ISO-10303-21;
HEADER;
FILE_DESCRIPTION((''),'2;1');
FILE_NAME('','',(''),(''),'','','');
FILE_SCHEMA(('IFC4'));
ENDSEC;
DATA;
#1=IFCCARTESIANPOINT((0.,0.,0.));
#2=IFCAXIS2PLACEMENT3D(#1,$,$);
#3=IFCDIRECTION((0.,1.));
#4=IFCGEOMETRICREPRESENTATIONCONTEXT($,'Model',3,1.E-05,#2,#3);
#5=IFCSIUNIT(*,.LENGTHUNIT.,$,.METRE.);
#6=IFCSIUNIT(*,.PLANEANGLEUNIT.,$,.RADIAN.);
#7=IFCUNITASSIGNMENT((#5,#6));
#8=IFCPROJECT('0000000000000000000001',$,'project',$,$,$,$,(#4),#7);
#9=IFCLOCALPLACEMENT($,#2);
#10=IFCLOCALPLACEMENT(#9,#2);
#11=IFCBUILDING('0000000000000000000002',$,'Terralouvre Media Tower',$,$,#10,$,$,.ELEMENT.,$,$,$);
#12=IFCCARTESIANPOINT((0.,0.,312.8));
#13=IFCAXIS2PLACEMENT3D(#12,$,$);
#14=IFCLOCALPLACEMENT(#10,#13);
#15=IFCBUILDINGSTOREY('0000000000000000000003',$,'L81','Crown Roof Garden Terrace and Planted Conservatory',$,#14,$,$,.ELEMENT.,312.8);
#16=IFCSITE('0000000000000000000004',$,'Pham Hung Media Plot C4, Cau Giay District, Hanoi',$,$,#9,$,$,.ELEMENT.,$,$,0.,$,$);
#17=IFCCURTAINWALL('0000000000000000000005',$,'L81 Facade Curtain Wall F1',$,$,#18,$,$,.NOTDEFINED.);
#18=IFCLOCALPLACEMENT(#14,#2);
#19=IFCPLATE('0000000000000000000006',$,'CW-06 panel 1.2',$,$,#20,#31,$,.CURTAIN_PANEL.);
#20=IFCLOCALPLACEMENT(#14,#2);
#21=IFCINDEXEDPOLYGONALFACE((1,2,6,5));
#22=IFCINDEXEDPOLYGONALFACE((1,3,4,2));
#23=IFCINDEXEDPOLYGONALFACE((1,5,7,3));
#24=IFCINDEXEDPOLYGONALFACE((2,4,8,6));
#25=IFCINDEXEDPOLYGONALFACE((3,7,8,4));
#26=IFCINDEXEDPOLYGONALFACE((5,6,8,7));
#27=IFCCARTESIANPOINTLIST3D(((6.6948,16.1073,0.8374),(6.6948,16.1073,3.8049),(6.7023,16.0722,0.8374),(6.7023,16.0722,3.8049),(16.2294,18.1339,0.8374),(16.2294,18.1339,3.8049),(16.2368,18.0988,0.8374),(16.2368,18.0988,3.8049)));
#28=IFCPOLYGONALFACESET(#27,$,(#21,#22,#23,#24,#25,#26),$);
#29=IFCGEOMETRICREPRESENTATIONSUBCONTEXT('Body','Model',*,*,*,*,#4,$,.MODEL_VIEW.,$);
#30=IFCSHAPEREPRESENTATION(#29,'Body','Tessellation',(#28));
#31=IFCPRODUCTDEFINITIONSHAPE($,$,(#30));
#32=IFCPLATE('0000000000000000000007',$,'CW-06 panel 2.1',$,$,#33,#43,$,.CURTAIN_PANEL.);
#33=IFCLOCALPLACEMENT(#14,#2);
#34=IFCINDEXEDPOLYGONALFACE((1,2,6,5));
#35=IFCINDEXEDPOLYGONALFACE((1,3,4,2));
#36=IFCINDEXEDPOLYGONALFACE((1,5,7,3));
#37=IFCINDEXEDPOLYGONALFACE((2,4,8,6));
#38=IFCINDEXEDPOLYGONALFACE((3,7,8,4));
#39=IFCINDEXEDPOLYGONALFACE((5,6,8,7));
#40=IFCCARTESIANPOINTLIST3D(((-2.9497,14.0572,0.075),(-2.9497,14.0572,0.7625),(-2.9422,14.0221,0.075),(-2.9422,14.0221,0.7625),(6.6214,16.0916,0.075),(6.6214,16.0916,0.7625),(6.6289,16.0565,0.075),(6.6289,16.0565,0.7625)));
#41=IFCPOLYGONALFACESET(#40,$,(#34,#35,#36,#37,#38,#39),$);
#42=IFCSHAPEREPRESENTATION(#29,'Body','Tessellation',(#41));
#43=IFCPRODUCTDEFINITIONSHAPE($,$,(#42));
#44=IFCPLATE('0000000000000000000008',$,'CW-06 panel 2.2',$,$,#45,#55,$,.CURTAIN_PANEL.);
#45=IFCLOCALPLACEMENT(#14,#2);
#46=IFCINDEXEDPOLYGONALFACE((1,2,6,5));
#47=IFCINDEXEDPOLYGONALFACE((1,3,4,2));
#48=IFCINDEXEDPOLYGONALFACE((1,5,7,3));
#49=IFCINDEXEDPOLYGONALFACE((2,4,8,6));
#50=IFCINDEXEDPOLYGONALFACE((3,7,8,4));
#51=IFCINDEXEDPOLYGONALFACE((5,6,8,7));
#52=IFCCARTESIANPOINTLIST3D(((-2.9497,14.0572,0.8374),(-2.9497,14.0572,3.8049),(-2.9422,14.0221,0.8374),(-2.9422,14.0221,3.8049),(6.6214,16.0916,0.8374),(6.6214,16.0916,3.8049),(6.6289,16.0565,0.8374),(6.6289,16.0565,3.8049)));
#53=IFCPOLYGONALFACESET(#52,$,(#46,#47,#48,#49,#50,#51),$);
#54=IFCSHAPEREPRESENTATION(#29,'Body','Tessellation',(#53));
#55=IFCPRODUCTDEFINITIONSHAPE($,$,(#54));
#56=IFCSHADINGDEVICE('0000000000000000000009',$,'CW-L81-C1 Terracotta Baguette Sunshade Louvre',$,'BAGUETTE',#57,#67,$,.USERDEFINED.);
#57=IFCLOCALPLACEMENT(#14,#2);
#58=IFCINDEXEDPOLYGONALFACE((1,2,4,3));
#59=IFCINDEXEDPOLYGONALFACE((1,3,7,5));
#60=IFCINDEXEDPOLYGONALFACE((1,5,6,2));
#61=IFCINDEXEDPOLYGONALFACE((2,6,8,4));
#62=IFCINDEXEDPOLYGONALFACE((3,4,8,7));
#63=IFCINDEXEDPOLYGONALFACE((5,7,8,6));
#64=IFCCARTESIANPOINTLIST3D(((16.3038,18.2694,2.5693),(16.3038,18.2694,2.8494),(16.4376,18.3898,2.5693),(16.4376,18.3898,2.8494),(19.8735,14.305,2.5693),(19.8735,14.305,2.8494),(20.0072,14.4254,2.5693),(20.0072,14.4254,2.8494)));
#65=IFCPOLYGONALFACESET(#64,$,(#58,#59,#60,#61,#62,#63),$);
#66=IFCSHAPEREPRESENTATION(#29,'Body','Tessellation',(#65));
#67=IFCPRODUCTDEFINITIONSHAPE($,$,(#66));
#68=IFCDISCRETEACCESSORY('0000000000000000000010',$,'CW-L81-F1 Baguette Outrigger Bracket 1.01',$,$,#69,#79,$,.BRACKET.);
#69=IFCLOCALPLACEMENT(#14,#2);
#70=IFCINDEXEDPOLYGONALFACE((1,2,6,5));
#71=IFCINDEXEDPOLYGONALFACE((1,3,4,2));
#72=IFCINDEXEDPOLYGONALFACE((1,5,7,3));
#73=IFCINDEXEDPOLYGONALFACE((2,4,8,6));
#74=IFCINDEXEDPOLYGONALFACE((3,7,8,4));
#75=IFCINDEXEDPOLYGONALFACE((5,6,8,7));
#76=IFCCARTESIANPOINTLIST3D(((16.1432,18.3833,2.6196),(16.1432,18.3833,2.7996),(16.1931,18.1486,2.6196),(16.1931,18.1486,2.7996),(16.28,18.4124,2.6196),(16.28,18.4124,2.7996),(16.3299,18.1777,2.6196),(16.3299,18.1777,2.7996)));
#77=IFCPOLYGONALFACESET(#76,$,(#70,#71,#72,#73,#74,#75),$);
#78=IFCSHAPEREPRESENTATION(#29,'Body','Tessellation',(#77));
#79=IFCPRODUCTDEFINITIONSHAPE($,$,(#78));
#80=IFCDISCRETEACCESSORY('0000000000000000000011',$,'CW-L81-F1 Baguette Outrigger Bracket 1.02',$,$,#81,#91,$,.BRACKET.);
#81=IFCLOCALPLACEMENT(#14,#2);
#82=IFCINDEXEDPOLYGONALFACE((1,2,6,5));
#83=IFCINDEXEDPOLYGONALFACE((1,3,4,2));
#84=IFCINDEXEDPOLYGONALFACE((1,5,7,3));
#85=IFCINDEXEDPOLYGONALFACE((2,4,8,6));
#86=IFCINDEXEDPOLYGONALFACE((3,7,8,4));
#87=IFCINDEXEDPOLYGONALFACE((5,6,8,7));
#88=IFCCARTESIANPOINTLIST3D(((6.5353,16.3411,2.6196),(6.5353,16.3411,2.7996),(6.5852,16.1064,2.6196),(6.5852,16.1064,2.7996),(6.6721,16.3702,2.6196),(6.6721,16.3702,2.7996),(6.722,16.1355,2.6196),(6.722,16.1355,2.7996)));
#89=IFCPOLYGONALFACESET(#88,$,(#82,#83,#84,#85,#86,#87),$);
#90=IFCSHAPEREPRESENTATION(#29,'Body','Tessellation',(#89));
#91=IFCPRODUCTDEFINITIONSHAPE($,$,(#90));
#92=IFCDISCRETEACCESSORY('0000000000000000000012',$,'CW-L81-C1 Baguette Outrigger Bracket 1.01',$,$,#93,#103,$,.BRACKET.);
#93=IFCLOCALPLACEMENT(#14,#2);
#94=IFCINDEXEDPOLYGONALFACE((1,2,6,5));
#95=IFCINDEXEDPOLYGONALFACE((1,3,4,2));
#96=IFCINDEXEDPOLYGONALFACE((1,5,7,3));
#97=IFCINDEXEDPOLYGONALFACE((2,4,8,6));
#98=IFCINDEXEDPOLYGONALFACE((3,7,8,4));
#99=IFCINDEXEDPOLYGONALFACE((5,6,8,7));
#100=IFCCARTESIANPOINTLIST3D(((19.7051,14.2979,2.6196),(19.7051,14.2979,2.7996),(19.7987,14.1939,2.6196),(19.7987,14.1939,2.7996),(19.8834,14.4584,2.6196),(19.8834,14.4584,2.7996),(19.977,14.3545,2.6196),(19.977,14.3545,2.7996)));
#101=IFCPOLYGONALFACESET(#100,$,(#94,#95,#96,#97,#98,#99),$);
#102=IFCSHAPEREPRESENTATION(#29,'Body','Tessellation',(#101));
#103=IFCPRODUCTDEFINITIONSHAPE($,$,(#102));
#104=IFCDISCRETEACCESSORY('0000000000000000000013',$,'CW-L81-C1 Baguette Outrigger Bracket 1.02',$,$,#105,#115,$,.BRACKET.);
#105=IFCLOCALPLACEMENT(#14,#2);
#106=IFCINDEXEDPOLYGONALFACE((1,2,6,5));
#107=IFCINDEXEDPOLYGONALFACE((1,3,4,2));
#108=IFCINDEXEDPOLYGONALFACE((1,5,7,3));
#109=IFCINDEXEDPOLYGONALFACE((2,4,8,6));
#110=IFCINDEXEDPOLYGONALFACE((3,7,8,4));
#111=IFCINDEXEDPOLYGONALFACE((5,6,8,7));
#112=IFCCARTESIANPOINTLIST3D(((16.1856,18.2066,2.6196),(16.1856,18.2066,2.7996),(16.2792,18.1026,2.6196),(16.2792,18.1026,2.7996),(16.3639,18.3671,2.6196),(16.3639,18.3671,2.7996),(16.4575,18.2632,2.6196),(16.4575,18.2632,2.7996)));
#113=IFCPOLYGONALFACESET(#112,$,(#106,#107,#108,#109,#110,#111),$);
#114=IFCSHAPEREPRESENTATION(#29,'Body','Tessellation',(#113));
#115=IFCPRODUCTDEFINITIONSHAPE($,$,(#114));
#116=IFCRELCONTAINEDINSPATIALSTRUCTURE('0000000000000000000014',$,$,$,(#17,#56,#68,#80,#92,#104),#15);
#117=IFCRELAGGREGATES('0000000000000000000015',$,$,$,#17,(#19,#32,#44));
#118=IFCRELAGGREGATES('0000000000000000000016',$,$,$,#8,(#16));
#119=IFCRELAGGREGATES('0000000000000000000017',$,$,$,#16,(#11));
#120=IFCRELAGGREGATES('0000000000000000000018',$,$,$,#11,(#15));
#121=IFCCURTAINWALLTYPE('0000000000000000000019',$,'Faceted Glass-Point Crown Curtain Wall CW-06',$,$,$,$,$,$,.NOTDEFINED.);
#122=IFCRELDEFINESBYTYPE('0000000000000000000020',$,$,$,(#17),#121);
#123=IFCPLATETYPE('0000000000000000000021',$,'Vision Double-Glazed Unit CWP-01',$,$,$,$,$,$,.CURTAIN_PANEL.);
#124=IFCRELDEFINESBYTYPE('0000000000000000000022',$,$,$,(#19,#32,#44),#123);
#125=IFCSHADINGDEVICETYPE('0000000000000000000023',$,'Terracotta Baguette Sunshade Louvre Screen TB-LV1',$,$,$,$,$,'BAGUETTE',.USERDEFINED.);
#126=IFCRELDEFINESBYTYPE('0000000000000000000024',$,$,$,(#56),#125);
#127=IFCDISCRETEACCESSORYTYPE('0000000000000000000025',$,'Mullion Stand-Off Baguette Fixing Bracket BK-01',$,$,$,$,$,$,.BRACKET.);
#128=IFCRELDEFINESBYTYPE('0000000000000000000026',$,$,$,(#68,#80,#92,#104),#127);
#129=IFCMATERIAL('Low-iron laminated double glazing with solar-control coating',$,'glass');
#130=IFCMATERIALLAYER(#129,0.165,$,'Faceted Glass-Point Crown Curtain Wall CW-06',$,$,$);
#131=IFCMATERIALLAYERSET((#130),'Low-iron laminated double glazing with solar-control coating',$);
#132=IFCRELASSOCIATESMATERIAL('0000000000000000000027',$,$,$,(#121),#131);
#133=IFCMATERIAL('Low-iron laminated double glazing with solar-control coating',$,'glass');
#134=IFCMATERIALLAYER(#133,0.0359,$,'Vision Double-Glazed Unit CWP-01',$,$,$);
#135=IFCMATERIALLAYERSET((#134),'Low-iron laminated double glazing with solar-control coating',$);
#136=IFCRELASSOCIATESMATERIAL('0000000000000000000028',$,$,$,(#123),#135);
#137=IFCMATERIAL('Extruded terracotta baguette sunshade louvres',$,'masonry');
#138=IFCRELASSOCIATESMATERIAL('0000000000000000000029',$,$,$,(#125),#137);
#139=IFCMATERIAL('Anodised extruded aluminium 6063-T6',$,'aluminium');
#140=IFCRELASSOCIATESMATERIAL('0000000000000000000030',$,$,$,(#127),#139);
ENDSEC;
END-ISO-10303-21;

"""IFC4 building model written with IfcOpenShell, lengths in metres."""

from ifc_helpers import new_model, si_unit, direction, frame, origin, origin_2d, place, context, subcontext, project, spatial, rectangle, extrude, material, layer, layer_set, type_object, element, aggregate, save


model = new_model("IFC4")

# Units and contexts
model_context = context("Model", 3, precision=1e-05, world=origin(), true_north=direction((0.0, 1.0)))
body_context = subcontext(model_context, "Body", "Model", "MODEL_VIEW")
ifc_project = project(units=[si_unit("LENGTHUNIT", "METRE"), si_unit("PLANEANGLEUNIT", "RADIAN")], contexts=[model_context])

# Site, building, storey
site_placement = place(None, origin())
site = spatial("IfcSite", under=ifc_project, at=site_placement, Name="Pham Hung Media Plot C4, Cau Giay District, Hanoi", CompositionType="ELEMENT", RefElevation=0.0)
building_placement = place(site_placement, origin())
building = spatial("IfcBuilding", under=site, at=building_placement, Name="Terralouvre Media Tower", CompositionType="ELEMENT")
storey_placement = place(building_placement, frame((0.0, 0.0, 312.8)))
storey = spatial("IfcBuildingStorey", under=building, at=storey_placement, Name="L81", Description="Crown Roof Garden Terrace and Planted Conservatory", CompositionType="ELEMENT", Elevation=312.8)

# Curtain wall
ifc_material_1 = material(Name="Low-iron laminated double glazing with solar-control coating", Category="glass")
ifc_layer_1 = layer(ifc_material_1, 0.165, Name="Faceted Glass-Point Crown Curtain Wall CW-06")
ifc_layer_set_1 = layer_set([ifc_layer_1], Name="Low-iron laminated double glazing with solar-control coating")
curtain_wall_type_1 = type_object("IfcCurtainWallType", Name="Faceted Glass-Point Crown Curtain Wall CW-06", PredefinedType="NOTDEFINED", material=ifc_layer_set_1)
curtain_wall_1_placement = place(storey_placement, origin())
curtain_wall_1 = element("IfcCurtainWall", 1, at=curtain_wall_1_placement, inside=storey, type_object=curtain_wall_type_1, Name="L81 Facade Curtain Wall F1", PredefinedType="NOTDEFINED")

# Plates
ifc_material_2 = material(Name="Low-iron laminated double glazing with solar-control coating", Category="glass")
ifc_layer_2 = layer(ifc_material_2, 0.0359, Name="Vision Double-Glazed Unit CWP-01")
ifc_layer_set_2 = layer_set([ifc_layer_2], Name="Low-iron laminated double glazing with solar-control coating")
plate_type_1 = type_object("IfcPlateType", Name="Vision Double-Glazed Unit CWP-01", PredefinedType="CURTAIN_PANEL", material=ifc_layer_set_2)
plate_1_placement = place(storey_placement, frame((11.4658, 17.103, 0.8374), z_axis=(0.0, 0.0, 1.0), x_axis=(-0.978148, -0.207912, 0.0)))
plate_1 = element("IfcPlate", 2, at=plate_1_placement, type_object=plate_type_1, Name="CW-06 panel 1.2", PredefinedType="CURTAIN_PANEL", context=body_context, shape_type="SweptSolid", body=[
    extrude(rectangle(XDim=9.7476, YDim=0.0359, at=origin_2d()), origin(), (0.0, 0.0, 1.0), 2.9675),
])
plate_2_placement = place(storey_placement, frame((1.8396, 15.0569, 0.075), z_axis=(0.0, 0.0, 1.0), x_axis=(-0.978148, -0.207912, 0.0)))
plate_2 = element("IfcPlate", 3, at=plate_2_placement, type_object=plate_type_1, Name="CW-06 panel 2.1", PredefinedType="CURTAIN_PANEL", context=body_context, shape_type="SweptSolid", body=[
    extrude(rectangle(XDim=9.7849, YDim=0.0359, at=origin_2d()), origin(), (0.0, 0.0, 1.0), 0.6875),
])
plate_3_placement = place(storey_placement, frame((1.8396, 15.0569, 0.8374), z_axis=(0.0, 0.0, 1.0), x_axis=(-0.978148, -0.207912, 0.0)))
plate_3 = element("IfcPlate", 4, at=plate_3_placement, type_object=plate_type_1, Name="CW-06 panel 2.2", PredefinedType="CURTAIN_PANEL", context=body_context, shape_type="SweptSolid", body=[
    extrude(rectangle(XDim=9.7849, YDim=0.0359, at=origin_2d()), origin(), (0.0, 0.0, 1.0), 2.9675),
])
aggregate(curtain_wall_1, [plate_1, plate_2, plate_3])

# Shading device
ifc_material_3 = material(Name="Extruded terracotta baguette sunshade louvres", Category="masonry")
shading_device_type = type_object("IfcShadingDeviceType", Name="Terracotta Baguette Sunshade Louvre Screen TB-LV1", ElementType="BAGUETTE", PredefinedType="USERDEFINED", material=ifc_material_3)
shading_device_placement = place(storey_placement, frame((18.1555, 16.3474, 2.5693), z_axis=(0.0, 0.0, 1.0), x_axis=(-0.669131, 0.743144, 0.0)))
element("IfcShadingDevice", 5, at=shading_device_placement, inside=storey, type_object=shading_device_type, Name="CW-L81-C1 Terracotta Baguette Sunshade Louvre", ObjectType="BAGUETTE", PredefinedType="USERDEFINED", context=body_context, shape_type="SweptSolid", body=[
    extrude(rectangle(XDim=5.3347, YDim=0.1799, at=origin_2d()), origin(), (0.0, 0.0, 1.0), 0.28),
])

# Discrete accessories
ifc_material_4 = material(Name="Anodised extruded aluminium 6063-T6", Category="aluminium")
discrete_accessory_type = type_object("IfcDiscreteAccessoryType", Name="Mullion Stand-Off Baguette Fixing Bracket BK-01", PredefinedType="BRACKET", material=ifc_material_4)
for number, where, z_axis, x_axis, name in (
    (6, (16.2366, 18.2805, 2.6196), (0.0, 0.0, 1.0), (-0.978148, -0.207912, 0.0), "CW-L81-F1 Baguette Outrigger Bracket 1.01"),
    (7, (6.6287, 16.2383, 2.6196), (0.0, 0.0, 1.0), (-0.978148, -0.207912, 0.0), "CW-L81-F1 Baguette Outrigger Bracket 1.02"),
    (8, (19.8411, 14.3262, 2.6196), (0.0, 0.0, 1.0), (-0.669131, 0.743144, 0.0), "CW-L81-C1 Baguette Outrigger Bracket 1.01"),
    (9, (16.3215, 18.2349, 2.6196), (0.0, 0.0, 1.0), (-0.669131, 0.743144, 0.0), "CW-L81-C1 Baguette Outrigger Bracket 1.02"),
):
    element("IfcDiscreteAccessory", number, at=place(storey_placement, frame(where, z_axis=z_axis, x_axis=x_axis)), inside=storey, type_object=discrete_accessory_type, Name=name, PredefinedType="BRACKET", context=body_context, shape_type="SweptSolid", body=[
        extrude(rectangle(XDim=0.1399, YDim=0.24, at=origin_2d()), origin(), (0.0, 0.0, 1.0), 0.1799),
    ])

save(model, "model.ifc")
